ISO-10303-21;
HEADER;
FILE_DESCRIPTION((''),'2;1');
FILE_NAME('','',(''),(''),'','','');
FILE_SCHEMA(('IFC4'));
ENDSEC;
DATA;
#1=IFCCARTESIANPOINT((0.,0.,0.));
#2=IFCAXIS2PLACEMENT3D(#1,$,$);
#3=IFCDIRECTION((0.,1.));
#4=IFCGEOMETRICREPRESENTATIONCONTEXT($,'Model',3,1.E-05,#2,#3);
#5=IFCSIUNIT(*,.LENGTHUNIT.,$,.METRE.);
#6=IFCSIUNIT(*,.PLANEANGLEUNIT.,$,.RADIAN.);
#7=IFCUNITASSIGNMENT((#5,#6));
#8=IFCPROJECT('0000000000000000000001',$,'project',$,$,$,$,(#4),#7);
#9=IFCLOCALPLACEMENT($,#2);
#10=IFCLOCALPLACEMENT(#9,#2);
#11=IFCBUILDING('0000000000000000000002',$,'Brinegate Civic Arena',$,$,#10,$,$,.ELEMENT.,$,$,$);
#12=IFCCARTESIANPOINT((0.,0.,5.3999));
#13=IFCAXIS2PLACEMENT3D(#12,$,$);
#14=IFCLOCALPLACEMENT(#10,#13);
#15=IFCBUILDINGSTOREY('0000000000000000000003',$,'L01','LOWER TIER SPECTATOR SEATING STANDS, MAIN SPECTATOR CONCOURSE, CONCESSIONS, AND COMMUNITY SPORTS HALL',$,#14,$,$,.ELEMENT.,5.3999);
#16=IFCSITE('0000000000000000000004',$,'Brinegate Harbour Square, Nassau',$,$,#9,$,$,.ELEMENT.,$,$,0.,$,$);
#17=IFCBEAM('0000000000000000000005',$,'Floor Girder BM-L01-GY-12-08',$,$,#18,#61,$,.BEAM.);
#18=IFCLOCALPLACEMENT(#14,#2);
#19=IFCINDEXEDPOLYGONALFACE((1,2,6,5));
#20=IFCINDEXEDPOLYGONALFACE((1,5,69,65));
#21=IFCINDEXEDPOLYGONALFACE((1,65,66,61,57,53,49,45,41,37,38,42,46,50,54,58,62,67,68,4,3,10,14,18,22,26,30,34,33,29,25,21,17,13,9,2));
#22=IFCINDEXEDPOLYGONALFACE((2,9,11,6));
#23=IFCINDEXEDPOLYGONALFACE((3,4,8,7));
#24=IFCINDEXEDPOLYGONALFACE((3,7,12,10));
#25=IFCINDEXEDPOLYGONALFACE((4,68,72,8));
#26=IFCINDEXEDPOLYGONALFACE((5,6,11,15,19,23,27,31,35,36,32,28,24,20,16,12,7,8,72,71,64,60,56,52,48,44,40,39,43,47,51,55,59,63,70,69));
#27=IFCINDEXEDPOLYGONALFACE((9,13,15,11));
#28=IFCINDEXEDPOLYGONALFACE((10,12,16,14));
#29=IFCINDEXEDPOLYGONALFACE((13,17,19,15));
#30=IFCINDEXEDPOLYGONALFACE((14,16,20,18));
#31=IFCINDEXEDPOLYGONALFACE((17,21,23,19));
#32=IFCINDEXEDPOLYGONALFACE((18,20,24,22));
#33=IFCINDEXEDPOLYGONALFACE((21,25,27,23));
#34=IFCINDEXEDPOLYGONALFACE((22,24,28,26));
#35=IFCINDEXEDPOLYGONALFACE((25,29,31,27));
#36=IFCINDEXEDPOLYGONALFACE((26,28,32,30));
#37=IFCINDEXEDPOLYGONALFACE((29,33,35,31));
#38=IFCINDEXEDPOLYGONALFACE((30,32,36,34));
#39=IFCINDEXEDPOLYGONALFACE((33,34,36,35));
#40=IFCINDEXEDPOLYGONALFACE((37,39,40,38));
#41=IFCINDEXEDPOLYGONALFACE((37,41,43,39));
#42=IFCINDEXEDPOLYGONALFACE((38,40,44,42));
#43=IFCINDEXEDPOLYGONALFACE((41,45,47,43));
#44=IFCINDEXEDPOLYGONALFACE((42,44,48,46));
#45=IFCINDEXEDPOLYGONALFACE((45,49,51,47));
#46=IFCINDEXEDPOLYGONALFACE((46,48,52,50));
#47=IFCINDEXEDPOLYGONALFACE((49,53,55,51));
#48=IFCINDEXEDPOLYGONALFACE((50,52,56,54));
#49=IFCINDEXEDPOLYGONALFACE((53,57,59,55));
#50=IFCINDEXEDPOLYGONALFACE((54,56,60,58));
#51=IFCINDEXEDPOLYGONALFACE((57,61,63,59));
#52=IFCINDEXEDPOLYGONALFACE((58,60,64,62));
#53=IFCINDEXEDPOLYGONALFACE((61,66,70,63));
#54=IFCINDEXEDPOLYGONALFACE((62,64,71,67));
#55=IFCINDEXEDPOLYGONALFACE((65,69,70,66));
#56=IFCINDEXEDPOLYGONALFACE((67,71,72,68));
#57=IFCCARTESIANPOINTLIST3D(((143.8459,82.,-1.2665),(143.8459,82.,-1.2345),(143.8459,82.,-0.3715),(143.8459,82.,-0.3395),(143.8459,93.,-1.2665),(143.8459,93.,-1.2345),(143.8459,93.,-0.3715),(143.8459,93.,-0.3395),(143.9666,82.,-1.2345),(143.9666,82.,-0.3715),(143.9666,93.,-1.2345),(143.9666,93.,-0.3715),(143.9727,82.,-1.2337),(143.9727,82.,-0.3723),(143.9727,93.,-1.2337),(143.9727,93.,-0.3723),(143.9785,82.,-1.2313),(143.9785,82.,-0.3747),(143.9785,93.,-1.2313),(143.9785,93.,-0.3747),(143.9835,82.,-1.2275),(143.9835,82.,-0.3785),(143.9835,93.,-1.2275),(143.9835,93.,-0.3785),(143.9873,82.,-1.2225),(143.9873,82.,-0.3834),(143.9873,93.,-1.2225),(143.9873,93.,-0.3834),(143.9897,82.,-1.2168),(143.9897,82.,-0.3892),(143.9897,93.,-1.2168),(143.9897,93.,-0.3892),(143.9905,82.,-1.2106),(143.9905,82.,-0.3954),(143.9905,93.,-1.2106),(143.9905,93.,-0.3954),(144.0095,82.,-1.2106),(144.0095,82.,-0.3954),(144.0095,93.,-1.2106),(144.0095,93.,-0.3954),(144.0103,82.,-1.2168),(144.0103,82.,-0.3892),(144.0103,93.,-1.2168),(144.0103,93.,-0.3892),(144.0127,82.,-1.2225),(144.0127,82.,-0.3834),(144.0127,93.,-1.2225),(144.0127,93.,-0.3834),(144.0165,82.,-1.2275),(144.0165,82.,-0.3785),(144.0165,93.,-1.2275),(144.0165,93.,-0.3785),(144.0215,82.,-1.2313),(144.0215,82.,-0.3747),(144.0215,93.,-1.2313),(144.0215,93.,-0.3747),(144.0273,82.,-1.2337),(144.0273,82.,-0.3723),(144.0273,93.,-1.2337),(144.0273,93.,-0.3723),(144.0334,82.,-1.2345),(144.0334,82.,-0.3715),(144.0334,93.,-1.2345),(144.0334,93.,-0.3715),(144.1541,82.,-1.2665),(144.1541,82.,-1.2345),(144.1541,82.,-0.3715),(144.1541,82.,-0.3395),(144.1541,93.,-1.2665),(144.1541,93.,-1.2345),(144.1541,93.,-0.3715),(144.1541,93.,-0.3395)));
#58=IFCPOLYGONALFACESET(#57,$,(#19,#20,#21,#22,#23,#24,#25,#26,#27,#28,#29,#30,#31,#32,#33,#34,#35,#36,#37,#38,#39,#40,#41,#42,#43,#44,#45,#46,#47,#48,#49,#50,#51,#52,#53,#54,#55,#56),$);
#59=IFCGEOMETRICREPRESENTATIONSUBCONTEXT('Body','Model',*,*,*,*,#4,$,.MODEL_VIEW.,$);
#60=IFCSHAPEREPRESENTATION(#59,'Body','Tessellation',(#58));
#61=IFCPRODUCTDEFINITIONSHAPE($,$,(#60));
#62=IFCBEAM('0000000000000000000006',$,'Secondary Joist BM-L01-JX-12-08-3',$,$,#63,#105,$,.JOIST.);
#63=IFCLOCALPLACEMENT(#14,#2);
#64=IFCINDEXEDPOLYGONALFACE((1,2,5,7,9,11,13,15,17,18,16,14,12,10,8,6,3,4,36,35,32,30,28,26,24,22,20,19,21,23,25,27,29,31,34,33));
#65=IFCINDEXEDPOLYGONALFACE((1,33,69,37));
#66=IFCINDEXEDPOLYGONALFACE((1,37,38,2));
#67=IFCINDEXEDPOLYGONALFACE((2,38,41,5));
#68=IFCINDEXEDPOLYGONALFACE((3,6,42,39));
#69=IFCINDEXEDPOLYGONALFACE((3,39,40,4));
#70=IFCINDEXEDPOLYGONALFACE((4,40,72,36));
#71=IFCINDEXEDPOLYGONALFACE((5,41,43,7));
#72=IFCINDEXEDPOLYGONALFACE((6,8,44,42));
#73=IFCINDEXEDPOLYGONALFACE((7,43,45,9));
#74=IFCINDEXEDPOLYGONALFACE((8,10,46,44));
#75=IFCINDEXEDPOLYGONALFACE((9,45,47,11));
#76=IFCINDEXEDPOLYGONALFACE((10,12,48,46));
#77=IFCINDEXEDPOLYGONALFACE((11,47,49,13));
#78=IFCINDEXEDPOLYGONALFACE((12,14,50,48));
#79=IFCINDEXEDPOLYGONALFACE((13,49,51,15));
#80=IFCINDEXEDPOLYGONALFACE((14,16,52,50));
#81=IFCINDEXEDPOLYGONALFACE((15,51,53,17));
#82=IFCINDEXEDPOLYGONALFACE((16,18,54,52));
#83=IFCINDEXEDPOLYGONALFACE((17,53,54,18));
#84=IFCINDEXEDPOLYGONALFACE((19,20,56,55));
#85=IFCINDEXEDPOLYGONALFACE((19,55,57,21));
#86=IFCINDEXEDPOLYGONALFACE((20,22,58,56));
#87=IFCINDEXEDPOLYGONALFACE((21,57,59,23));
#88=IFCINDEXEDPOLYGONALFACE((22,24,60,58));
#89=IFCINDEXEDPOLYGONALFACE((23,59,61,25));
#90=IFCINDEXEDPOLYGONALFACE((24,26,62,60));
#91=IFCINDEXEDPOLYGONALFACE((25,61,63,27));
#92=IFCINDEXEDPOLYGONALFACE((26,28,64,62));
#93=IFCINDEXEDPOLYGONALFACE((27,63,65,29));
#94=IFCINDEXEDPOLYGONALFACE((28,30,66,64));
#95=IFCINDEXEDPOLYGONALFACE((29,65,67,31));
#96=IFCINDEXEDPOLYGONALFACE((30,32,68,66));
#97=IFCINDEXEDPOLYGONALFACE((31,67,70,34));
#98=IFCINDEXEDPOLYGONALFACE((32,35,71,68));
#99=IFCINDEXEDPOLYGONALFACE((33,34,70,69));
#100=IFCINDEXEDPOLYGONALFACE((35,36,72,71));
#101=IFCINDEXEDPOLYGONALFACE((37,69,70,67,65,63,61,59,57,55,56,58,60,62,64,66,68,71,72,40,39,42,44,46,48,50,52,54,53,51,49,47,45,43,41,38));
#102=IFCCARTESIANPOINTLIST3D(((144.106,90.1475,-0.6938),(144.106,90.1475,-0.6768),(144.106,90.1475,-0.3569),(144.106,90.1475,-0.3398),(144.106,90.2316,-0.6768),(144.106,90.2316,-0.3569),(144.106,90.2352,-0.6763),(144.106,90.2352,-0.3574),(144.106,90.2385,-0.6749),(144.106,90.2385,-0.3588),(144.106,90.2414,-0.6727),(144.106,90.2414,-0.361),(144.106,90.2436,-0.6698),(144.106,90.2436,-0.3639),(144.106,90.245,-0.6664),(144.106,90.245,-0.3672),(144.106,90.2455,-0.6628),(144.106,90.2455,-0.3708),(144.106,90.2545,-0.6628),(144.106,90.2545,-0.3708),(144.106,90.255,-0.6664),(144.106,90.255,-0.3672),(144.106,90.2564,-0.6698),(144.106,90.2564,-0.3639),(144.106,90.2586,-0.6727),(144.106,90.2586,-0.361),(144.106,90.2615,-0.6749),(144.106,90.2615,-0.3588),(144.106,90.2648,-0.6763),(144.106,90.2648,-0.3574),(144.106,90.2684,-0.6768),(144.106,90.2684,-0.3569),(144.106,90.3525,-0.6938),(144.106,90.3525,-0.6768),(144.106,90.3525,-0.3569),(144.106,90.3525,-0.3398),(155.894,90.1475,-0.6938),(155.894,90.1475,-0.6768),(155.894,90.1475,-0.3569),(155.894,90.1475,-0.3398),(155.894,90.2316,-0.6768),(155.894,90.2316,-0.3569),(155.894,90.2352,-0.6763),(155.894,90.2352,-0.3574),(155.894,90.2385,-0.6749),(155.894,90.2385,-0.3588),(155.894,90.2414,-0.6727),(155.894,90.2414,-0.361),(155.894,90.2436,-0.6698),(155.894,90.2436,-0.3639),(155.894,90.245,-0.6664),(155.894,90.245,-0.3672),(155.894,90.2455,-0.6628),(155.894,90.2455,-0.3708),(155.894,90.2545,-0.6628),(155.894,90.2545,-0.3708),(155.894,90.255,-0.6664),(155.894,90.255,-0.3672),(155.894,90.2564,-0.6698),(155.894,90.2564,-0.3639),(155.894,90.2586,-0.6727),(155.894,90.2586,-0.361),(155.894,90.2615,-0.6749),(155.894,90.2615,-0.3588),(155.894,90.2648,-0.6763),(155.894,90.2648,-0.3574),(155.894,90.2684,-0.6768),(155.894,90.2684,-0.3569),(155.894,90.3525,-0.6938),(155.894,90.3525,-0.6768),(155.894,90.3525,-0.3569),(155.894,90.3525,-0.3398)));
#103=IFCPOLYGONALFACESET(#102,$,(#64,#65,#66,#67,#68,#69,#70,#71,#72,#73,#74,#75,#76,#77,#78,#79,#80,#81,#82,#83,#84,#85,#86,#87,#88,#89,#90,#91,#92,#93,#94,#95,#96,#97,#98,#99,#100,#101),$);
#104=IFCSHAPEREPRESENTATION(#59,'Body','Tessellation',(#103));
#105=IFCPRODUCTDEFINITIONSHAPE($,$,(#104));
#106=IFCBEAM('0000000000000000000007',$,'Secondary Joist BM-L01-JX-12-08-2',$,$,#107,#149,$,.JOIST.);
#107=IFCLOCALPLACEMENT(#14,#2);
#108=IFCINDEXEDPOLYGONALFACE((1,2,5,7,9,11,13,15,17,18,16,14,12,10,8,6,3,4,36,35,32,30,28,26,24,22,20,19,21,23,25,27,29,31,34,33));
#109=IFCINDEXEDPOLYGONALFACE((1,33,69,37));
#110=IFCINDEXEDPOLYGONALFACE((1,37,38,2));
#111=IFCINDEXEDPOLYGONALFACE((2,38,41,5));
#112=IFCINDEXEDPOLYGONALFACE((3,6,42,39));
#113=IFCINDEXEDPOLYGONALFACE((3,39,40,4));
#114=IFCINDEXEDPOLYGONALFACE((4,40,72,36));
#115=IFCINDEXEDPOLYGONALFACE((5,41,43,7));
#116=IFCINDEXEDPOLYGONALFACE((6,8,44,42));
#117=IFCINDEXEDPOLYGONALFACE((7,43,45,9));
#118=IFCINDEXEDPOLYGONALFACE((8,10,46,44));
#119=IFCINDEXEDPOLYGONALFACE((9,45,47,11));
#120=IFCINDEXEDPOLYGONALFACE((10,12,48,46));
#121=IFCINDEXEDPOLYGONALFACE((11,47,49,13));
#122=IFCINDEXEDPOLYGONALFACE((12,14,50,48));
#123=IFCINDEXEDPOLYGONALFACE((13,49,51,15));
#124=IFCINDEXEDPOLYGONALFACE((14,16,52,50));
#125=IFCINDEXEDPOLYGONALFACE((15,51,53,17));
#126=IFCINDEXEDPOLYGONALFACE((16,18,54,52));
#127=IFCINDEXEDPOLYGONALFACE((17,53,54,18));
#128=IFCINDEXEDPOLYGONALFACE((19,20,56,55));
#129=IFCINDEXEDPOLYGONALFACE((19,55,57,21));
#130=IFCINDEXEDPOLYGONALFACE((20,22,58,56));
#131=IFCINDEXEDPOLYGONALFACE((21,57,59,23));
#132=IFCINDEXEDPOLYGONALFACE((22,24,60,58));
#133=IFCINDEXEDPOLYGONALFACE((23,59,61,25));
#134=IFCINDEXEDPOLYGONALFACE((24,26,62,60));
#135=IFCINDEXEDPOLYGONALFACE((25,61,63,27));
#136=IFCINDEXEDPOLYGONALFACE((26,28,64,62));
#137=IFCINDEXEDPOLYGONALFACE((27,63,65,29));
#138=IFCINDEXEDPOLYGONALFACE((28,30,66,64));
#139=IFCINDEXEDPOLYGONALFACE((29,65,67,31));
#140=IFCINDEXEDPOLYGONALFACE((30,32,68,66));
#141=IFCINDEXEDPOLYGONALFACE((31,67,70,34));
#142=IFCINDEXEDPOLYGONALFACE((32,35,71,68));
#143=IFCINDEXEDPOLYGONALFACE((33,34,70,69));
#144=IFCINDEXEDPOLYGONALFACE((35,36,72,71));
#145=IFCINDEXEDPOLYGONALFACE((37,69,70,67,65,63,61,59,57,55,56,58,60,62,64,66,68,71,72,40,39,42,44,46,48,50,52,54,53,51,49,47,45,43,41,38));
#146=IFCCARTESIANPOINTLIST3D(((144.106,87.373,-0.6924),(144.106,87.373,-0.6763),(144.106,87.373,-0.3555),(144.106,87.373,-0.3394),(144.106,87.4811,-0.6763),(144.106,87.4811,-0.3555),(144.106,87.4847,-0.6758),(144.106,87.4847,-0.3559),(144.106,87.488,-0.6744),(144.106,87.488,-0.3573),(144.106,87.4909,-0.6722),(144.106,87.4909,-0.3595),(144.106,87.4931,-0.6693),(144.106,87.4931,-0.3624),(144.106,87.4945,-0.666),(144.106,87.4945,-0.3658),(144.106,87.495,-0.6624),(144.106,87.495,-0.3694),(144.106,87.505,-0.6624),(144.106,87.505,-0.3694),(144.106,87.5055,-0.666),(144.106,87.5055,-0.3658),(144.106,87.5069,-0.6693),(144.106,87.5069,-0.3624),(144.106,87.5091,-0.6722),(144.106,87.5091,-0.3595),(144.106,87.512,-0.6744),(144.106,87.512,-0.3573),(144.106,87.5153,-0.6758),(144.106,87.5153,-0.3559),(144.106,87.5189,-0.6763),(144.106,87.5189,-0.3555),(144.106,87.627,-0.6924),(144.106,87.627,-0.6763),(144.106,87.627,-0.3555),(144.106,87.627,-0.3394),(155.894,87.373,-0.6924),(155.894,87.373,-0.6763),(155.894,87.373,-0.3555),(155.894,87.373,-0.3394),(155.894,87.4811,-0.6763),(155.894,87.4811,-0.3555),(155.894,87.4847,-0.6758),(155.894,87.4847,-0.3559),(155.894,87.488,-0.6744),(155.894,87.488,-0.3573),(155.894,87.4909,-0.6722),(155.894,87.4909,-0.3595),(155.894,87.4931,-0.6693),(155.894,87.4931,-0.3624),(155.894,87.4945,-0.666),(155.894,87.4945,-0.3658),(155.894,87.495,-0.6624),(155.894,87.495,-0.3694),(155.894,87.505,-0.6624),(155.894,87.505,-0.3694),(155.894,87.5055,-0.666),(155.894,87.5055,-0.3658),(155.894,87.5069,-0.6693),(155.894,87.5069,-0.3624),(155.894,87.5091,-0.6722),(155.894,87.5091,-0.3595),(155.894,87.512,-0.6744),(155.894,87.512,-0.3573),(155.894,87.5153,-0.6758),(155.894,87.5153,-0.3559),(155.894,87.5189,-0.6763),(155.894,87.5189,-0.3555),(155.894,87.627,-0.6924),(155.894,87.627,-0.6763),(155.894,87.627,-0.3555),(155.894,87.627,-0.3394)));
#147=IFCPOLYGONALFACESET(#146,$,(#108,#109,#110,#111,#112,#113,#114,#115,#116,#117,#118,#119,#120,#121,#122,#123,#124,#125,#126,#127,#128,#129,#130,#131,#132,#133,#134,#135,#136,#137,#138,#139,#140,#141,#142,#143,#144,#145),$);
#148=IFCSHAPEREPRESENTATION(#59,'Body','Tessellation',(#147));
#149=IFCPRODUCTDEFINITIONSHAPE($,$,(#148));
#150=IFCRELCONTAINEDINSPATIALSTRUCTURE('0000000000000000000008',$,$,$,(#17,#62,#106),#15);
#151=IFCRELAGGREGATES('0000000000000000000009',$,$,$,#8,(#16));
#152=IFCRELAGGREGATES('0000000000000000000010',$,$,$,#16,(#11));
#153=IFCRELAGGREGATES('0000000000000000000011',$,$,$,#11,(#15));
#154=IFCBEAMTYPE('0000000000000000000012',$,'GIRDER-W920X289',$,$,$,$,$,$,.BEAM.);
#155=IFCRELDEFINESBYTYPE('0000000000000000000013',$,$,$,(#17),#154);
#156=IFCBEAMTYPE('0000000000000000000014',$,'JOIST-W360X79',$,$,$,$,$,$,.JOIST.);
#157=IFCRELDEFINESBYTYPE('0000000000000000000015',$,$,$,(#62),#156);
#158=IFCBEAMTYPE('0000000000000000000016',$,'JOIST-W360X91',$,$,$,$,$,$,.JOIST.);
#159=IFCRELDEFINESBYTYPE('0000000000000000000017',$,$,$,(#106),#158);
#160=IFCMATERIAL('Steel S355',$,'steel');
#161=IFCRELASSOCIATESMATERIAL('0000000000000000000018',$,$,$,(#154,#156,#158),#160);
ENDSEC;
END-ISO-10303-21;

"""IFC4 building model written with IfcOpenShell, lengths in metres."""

from ifc_helpers import new_model, si_unit, direction, frame, origin, origin_2d, place, context, subcontext, project, spatial, i_section, extrude, material, material_profile, profile_set, type_object, element, save


model = new_model("IFC4")

# Units and contexts
model_context = context("Model", 3, precision=1e-05, world=origin(), true_north=direction((0.0, 1.0)))
body_context = subcontext(model_context, "Body", "Model", "MODEL_VIEW")
ifc_project = project(units=[si_unit("LENGTHUNIT", "METRE"), si_unit("PLANEANGLEUNIT", "RADIAN")], contexts=[model_context])

# Site, building, storey
site_placement = place(None, origin())
site = spatial("IfcSite", under=ifc_project, at=site_placement, Name="Brinegate Harbour Square, Nassau", CompositionType="ELEMENT", RefElevation=0.0)
building_placement = place(site_placement, origin())
building = spatial("IfcBuilding", under=site, at=building_placement, Name="Brinegate Civic Arena", CompositionType="ELEMENT")
storey_placement = place(building_placement, frame((0.0, 0.0, 5.3999)))
storey = spatial("IfcBuildingStorey", under=building, at=storey_placement, Name="L01", Description="LOWER TIER SPECTATOR SEATING STANDS, MAIN SPECTATOR CONCOURSE, CONCESSIONS, AND COMMUNITY SPORTS HALL", CompositionType="ELEMENT", Elevation=5.3999)

# Beams
ifc_material_1 = material(Name="Steel S355", Category="steel")
ifc_material_profile_1 = material_profile(ifc_material_1, i_section(OverallWidth=0.3081, OverallDepth=0.927, WebThickness=0.019, FlangeThickness=0.032, FilletRadius=0.0239, at=origin_2d()), Name="W920X289")
ifc_profile_set_1 = profile_set([ifc_material_profile_1], Name="Steel S355")
beam_type_1 = type_object("IfcBeamType", Name="GIRDER-W920X289", PredefinedType="BEAM", material=ifc_profile_set_1)
beam_1_placement = place(storey_placement, frame((144.0, 82.0, -0.803), z_axis=(0.0, 1.0, 0.0), x_axis=(-1.0, 0.0, 0.0)))
element("IfcBeam", 1, at=beam_1_placement, inside=storey, type_object=beam_type_1, Name="Floor Girder BM-L01-GY-12-08", PredefinedType="BEAM", context=body_context, shape_type="SweptSolid", body=[
    extrude(i_section(OverallWidth=0.3081, OverallDepth=0.927, WebThickness=0.019, FlangeThickness=0.032, FilletRadius=0.0239, at=origin_2d()), origin(), (0.0, 0.0, 1.0), 11.0),
])
ifc_material_profile_2 = material_profile(ifc_material_1, i_section(OverallWidth=0.2051, OverallDepth=0.354, WebThickness=0.009, FlangeThickness=0.0171, FilletRadius=0.0139, at=origin_2d()), Name="W360X79")
ifc_profile_set_2 = profile_set([ifc_material_profile_2], Name="Steel S355")
beam_type_2 = type_object("IfcBeamType", Name="JOIST-W360X79", PredefinedType="JOIST", material=ifc_profile_set_2)
beam_2_placement = place(storey_placement, frame((144.106, 90.25, -0.5168), z_axis=(1.0, 0.0, 0.0), x_axis=(0.0, 1.0, 0.0)))
element("IfcBeam", 2, at=beam_2_placement, inside=storey, type_object=beam_type_2, Name="Secondary Joist BM-L01-JX-12-08-3", PredefinedType="JOIST", context=body_context, shape_type="SweptSolid", body=[
    extrude(i_section(OverallWidth=0.2051, OverallDepth=0.354, WebThickness=0.009, FlangeThickness=0.0171, FilletRadius=0.0139, at=origin_2d()), origin(), (0.0, 0.0, 1.0), 11.7881),
])
ifc_material_profile_3 = material_profile(ifc_material_1, i_section(OverallWidth=0.2539, OverallDepth=0.353, WebThickness=0.01, FlangeThickness=0.0161, FilletRadius=0.0139, at=origin_2d()), Name="W360X91")
ifc_profile_set_3 = profile_set([ifc_material_profile_3], Name="Steel S355")
beam_type_3 = type_object("IfcBeamType", Name="JOIST-W360X91", PredefinedType="JOIST", material=ifc_profile_set_3)
beam_3_placement = place(storey_placement, frame((144.106, 87.5, -0.5159), z_axis=(1.0, 0.0, 0.0), x_axis=(0.0, 1.0, 0.0)))
element("IfcBeam", 3, at=beam_3_placement, inside=storey, type_object=beam_type_3, Name="Secondary Joist BM-L01-JX-12-08-2", PredefinedType="JOIST", context=body_context, shape_type="SweptSolid", body=[
    extrude(i_section(OverallWidth=0.2539, OverallDepth=0.353, WebThickness=0.01, FlangeThickness=0.0161, FilletRadius=0.0139, at=origin_2d()), origin(), (0.0, 0.0, 1.0), 11.7881),
])

save(model, "model.ifc")
